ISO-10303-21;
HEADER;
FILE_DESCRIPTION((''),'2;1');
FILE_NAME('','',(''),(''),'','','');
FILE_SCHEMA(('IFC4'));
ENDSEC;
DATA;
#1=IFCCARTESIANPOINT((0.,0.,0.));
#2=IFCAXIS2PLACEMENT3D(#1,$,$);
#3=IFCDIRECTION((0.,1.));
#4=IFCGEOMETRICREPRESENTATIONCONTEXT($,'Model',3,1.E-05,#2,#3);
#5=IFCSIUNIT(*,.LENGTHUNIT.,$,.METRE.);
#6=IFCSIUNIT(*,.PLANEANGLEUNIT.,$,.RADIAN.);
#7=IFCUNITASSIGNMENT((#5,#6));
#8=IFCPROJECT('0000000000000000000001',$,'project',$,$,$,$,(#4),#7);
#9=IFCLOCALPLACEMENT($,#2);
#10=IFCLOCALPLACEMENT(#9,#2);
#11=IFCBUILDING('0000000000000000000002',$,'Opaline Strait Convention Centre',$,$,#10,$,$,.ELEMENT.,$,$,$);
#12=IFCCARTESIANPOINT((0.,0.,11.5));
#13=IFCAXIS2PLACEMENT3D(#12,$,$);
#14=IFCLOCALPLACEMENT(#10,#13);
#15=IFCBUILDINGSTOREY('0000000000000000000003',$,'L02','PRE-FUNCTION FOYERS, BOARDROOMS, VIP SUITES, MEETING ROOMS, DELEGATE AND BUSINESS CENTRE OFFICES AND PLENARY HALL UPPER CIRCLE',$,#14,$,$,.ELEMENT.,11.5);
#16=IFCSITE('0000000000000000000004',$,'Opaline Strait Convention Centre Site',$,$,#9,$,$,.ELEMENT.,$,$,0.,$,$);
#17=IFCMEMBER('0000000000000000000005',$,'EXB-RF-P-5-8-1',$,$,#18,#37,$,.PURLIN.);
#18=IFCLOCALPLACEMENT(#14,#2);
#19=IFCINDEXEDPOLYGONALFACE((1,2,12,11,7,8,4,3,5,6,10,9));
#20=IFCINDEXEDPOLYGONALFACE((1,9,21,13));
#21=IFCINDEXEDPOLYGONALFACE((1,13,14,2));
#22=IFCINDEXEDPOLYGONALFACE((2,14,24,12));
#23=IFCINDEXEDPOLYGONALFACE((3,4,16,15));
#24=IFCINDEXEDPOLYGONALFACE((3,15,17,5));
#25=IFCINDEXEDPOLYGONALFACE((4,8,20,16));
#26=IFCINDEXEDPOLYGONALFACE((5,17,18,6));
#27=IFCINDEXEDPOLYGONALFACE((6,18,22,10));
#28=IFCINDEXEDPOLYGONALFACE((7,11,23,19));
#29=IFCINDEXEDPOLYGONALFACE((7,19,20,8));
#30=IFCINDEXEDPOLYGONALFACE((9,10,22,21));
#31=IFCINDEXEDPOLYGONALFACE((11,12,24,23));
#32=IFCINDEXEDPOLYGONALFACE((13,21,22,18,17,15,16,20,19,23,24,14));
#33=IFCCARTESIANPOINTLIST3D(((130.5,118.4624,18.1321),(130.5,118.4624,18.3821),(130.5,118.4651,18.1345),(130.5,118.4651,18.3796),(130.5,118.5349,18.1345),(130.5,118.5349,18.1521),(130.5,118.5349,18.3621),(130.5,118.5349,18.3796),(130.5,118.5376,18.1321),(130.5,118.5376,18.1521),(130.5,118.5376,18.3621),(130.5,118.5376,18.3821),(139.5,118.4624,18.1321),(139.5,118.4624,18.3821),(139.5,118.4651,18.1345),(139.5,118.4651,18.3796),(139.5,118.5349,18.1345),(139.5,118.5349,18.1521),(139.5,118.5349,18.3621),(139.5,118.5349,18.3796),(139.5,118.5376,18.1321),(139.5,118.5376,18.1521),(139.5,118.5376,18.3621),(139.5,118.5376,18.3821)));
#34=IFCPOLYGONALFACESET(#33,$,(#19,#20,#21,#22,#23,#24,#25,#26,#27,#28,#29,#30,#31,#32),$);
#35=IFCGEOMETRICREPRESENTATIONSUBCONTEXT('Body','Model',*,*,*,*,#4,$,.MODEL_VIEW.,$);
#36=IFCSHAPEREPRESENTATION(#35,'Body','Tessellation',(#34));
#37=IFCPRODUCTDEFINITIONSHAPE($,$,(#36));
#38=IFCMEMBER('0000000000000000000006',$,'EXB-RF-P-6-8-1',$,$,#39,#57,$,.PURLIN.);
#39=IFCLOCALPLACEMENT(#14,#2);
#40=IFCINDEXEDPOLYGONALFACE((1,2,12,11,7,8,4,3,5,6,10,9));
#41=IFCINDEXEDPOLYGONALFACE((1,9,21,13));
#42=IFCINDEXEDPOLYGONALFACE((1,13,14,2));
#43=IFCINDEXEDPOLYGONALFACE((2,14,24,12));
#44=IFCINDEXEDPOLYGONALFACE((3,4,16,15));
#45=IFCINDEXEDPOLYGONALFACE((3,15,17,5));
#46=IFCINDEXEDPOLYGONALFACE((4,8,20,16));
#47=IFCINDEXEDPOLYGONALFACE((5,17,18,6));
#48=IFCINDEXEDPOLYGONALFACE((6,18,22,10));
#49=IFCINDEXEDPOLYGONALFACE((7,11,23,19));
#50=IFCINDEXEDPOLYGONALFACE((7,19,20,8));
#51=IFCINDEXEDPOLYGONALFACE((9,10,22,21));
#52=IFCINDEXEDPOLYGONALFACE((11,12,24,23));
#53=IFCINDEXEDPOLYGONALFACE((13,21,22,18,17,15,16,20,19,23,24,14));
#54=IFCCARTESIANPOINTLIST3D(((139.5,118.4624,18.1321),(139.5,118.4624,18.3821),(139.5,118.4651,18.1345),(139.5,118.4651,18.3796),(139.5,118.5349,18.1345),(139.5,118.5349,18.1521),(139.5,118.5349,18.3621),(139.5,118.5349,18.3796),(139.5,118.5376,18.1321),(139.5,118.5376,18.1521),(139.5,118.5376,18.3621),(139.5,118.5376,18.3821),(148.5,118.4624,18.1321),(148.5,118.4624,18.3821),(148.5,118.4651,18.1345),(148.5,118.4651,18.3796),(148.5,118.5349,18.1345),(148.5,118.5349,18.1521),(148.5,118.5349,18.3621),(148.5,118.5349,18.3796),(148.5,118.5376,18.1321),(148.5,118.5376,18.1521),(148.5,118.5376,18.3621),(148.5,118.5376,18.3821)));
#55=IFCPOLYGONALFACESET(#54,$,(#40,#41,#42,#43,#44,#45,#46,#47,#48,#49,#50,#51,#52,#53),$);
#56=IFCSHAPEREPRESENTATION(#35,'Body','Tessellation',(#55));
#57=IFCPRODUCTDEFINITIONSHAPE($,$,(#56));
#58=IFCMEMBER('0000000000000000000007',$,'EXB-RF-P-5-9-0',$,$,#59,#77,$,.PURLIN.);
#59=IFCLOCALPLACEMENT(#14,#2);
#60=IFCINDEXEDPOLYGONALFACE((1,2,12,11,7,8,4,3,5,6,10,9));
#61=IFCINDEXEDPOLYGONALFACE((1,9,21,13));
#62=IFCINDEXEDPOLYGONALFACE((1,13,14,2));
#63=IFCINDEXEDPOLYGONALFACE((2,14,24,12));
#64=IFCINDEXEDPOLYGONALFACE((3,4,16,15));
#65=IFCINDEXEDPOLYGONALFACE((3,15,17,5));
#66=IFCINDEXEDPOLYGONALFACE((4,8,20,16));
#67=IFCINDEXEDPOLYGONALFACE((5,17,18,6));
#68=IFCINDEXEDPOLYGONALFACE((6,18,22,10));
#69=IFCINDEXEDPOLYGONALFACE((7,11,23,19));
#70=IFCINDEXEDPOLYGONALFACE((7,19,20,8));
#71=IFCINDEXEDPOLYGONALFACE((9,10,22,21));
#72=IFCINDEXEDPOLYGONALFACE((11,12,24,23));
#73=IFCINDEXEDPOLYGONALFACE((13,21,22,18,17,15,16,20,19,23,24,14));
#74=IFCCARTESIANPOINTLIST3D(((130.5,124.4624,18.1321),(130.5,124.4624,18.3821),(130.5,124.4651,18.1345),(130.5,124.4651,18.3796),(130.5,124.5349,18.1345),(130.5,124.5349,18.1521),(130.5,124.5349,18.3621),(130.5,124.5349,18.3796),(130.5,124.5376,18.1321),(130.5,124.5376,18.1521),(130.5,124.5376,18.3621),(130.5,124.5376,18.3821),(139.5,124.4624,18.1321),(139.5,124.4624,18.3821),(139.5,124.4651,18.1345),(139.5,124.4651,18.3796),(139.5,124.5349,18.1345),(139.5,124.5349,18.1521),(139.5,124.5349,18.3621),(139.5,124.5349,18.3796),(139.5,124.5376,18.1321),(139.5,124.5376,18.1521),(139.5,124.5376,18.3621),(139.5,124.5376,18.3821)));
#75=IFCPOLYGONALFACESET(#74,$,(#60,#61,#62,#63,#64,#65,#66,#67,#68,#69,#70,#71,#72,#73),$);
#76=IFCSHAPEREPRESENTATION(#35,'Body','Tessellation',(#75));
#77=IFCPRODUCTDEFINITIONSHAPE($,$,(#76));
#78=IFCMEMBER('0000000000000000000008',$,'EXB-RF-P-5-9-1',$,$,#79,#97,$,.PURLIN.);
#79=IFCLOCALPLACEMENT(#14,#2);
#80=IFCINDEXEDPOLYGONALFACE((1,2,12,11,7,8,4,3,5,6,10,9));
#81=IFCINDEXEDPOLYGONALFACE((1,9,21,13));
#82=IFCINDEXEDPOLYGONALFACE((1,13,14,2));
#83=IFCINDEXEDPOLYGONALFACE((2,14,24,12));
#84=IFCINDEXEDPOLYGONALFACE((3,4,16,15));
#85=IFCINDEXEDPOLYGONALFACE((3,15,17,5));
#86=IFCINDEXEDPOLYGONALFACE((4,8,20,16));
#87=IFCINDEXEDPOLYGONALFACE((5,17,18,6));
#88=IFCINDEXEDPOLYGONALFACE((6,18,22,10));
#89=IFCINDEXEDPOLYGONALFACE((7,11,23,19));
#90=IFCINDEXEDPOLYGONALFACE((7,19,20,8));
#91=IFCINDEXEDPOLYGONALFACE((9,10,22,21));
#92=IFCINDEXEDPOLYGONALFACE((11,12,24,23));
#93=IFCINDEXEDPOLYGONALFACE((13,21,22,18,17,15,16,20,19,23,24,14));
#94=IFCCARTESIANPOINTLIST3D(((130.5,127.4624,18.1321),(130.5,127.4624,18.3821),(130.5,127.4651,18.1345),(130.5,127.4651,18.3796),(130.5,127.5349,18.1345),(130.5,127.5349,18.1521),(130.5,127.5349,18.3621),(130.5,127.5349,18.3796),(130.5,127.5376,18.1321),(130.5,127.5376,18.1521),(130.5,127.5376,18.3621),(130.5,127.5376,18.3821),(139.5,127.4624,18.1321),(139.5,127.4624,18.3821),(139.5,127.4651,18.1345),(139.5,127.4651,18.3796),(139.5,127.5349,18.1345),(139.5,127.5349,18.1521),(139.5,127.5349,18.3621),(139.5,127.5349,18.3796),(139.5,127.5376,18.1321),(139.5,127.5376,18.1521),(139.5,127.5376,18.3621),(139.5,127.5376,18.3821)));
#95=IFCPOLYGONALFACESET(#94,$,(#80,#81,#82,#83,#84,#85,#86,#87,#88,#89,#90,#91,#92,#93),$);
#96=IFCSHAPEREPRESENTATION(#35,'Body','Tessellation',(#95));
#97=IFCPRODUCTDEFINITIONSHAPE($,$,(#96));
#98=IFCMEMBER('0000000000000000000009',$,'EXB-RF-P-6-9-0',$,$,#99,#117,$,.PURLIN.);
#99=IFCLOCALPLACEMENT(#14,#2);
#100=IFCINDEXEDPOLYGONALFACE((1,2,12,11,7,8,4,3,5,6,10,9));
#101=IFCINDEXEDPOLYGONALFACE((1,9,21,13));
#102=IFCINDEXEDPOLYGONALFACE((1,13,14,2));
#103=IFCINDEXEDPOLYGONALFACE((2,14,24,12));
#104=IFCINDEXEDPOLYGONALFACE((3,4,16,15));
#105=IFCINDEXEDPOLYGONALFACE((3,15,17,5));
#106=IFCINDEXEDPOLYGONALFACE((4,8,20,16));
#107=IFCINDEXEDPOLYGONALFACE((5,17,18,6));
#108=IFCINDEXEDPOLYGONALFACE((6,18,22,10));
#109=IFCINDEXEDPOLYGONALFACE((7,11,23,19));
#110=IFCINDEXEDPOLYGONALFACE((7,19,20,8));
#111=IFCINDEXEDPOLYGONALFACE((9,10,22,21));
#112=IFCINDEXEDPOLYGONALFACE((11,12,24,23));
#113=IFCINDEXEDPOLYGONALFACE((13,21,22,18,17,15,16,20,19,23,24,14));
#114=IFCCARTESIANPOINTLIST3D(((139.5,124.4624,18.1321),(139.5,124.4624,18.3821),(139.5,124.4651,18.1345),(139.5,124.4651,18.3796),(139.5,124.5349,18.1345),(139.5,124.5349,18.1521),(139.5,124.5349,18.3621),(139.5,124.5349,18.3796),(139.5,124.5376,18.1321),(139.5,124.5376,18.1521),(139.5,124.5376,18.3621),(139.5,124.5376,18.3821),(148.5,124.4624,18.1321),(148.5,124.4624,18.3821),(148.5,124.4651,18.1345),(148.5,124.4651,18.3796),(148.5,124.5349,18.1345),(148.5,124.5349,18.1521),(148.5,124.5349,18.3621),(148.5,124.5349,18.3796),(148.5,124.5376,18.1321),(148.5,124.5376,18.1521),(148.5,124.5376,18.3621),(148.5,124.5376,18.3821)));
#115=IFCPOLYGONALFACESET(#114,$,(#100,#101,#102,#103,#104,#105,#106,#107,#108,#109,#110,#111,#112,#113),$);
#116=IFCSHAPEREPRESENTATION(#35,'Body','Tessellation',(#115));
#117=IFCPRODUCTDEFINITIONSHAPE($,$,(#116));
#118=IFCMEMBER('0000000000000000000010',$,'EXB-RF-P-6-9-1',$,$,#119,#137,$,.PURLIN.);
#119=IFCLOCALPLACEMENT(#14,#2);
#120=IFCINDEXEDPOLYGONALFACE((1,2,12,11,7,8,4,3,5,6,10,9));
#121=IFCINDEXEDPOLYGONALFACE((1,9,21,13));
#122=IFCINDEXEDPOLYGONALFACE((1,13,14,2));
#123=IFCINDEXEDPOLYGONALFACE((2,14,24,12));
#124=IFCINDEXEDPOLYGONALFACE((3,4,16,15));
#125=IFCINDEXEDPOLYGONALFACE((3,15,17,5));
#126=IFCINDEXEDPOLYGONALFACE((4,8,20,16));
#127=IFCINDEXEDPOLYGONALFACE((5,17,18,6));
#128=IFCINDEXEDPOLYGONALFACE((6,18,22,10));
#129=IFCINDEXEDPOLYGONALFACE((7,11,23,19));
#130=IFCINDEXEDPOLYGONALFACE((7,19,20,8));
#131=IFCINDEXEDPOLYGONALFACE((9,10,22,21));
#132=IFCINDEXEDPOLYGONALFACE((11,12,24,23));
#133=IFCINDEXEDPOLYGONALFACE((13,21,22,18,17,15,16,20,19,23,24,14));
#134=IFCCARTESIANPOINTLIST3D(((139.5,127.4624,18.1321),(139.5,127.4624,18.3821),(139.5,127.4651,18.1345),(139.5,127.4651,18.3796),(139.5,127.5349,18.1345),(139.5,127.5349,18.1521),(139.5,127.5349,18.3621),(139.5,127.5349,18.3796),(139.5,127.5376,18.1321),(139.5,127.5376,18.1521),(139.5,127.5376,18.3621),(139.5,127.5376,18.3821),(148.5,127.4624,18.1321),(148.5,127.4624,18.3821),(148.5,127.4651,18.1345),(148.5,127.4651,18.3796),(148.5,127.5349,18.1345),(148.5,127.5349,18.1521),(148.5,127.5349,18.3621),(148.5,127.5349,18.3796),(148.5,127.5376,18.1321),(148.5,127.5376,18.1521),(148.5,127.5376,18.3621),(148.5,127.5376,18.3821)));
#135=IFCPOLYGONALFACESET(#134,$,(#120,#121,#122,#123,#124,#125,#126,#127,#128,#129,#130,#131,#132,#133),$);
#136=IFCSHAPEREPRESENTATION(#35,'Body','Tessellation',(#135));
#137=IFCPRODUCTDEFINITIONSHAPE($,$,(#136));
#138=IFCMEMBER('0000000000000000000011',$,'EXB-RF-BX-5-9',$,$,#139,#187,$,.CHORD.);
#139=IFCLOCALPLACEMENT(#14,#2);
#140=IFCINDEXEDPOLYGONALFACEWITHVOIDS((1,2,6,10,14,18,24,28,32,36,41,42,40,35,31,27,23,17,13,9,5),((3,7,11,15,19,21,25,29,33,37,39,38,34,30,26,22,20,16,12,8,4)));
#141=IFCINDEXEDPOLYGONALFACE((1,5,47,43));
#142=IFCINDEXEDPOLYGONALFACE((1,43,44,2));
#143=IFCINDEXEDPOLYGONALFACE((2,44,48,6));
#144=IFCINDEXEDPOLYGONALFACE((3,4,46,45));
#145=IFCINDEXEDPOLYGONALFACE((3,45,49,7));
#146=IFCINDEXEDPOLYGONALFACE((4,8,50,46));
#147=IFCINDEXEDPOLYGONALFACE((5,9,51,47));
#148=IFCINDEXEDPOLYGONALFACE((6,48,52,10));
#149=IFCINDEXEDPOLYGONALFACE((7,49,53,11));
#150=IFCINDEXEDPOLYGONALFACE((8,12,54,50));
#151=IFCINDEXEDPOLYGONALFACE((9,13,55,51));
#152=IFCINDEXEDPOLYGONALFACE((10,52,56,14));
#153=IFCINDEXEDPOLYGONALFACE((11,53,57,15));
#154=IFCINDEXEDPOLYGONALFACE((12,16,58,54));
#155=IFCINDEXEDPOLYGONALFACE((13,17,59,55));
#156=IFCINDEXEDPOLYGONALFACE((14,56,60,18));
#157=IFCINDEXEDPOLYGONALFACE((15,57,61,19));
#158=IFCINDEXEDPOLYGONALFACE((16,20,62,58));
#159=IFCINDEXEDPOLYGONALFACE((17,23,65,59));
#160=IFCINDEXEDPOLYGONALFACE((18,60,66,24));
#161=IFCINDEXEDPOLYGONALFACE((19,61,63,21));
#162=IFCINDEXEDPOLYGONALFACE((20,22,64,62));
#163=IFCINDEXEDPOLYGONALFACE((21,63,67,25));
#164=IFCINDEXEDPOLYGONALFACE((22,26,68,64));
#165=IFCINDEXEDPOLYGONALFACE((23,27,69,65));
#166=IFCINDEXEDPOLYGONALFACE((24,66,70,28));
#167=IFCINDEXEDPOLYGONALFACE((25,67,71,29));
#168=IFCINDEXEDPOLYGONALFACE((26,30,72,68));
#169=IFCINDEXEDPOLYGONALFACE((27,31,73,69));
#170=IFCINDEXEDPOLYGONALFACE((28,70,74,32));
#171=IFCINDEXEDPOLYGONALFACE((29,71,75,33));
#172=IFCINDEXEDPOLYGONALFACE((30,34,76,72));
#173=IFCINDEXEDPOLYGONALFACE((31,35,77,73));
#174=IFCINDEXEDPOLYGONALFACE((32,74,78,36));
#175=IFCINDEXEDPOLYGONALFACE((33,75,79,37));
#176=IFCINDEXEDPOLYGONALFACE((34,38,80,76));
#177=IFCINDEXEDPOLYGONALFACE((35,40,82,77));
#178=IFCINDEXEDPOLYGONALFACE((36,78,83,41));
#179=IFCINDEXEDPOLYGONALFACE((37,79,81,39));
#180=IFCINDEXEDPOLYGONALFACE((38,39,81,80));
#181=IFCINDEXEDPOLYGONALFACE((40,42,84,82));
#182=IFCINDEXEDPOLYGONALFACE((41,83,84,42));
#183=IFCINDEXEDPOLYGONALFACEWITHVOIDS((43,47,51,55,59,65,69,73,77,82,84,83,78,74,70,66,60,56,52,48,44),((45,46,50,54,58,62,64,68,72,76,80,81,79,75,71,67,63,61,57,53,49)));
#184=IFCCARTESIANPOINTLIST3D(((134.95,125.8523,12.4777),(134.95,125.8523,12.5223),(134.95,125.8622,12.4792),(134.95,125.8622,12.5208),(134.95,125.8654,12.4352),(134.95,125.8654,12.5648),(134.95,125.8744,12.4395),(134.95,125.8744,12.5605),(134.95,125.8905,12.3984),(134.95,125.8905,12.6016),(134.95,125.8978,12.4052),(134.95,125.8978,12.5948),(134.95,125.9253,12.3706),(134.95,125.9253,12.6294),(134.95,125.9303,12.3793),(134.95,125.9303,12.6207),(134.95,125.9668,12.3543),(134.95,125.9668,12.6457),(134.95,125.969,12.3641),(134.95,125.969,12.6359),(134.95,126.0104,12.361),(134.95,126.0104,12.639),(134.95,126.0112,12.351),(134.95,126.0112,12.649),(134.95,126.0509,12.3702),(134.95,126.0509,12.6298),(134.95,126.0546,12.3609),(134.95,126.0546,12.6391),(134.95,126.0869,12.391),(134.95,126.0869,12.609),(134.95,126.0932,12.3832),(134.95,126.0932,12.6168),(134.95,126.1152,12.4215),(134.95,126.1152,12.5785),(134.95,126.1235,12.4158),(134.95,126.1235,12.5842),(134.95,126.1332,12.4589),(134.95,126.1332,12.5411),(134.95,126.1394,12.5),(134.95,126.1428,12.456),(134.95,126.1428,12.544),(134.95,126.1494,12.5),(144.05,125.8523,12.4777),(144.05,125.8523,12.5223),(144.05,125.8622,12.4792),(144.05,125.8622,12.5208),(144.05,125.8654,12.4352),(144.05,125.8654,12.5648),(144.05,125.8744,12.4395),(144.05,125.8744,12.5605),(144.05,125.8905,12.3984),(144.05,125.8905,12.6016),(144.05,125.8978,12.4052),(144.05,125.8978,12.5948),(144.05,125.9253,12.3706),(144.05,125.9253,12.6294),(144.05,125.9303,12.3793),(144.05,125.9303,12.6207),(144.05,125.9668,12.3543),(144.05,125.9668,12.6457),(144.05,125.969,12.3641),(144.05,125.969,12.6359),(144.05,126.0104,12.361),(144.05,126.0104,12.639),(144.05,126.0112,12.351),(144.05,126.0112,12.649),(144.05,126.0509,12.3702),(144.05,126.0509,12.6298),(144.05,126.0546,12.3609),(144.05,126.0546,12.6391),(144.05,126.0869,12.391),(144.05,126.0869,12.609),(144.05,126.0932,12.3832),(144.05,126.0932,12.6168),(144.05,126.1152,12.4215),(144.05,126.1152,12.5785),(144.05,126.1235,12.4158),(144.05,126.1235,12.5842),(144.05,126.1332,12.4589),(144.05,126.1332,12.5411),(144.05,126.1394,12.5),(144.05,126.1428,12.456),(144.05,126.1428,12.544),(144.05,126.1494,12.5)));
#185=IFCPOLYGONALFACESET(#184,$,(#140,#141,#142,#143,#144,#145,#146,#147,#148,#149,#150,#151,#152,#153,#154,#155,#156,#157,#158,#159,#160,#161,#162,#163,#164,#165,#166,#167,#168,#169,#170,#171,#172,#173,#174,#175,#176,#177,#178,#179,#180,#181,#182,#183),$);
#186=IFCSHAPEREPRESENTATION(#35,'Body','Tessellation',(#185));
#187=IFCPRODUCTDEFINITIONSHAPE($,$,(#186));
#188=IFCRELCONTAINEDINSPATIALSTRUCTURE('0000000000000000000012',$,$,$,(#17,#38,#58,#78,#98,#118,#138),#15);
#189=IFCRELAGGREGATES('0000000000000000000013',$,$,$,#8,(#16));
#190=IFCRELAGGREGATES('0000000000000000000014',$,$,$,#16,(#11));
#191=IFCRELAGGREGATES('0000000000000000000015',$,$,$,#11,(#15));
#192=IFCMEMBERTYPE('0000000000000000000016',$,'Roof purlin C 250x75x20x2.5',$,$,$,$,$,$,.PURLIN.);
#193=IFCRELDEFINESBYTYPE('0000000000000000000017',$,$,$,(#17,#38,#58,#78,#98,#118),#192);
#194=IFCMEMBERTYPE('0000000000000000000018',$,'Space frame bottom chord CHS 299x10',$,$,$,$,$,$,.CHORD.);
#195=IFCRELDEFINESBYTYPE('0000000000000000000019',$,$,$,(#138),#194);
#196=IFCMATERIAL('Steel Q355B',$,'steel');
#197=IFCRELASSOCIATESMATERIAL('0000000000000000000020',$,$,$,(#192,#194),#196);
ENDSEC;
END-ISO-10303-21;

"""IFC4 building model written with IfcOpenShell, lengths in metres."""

from ifc_helpers import new_model, si_unit, direction, frame, origin, origin_2d, place, context, subcontext, project, spatial, polyline, hollow_circle, outline, extrude, material, material_profile, profile_set, type_object, element, save


model = new_model("IFC4")

# Units and contexts
model_context = context("Model", 3, precision=1e-05, world=origin(), true_north=direction((0.0, 1.0)))
body_context = subcontext(model_context, "Body", "Model", "MODEL_VIEW")
ifc_project = project(units=[si_unit("LENGTHUNIT", "METRE"), si_unit("PLANEANGLEUNIT", "RADIAN")], contexts=[model_context])

# Site, building, storey
site_placement = place(None, origin())
site = spatial("IfcSite", under=ifc_project, at=site_placement, Name="Opaline Strait Convention Centre Site", CompositionType="ELEMENT", RefElevation=0.0)
building_placement = place(site_placement, origin())
building = spatial("IfcBuilding", under=site, at=building_placement, Name="Opaline Strait Convention Centre", CompositionType="ELEMENT")
storey_placement = place(building_placement, frame((0.0, 0.0, 11.5)))
storey = spatial("IfcBuildingStorey", under=building, at=storey_placement, Name="L02", Description="PRE-FUNCTION FOYERS, BOARDROOMS, VIP SUITES, MEETING ROOMS, DELEGATE AND BUSINESS CENTRE OFFICES AND PLENARY HALL UPPER CIRCLE", CompositionType="ELEMENT", Elevation=11.5)

# Members
ifc_material = material(Name="Steel Q355B", Category="steel")
ifc_material_profile_1 = material_profile(ifc_material, outline(polyline([(-0.0376, -0.125), (0.0376, -0.125), (0.0376, -0.105), (0.0349, -0.105), (0.0349, -0.1226), (-0.0349, -0.1226), (-0.0349, 0.1226), (0.0349, 0.1226), (0.0349, 0.105), (0.0376, 0.105), (0.0376, 0.125), (-0.0376, 0.125), (-0.0376, -0.125)])), Name="C 250x75x20x2.5")
ifc_profile_set_1 = profile_set([ifc_material_profile_1], Name="Steel Q355B")
member_type_1 = type_object("IfcMemberType", Name="Roof purlin C 250x75x20x2.5", PredefinedType="PURLIN", material=ifc_profile_set_1)
for number, where, z_axis, x_axis, name in (
    (1, (130.5, 118.5, 18.2571), (1.0, 0.0, 0.0), (0.0, 1.0, 0.0), "EXB-RF-P-5-8-1"),
    (2, (139.5, 118.5, 18.2571), (1.0, 0.0, 0.0), (0.0, 1.0, 0.0), "EXB-RF-P-6-8-1"),
    (3, (130.5, 124.5, 18.2571), (1.0, 0.0, 0.0), (0.0, 1.0, 0.0), "EXB-RF-P-5-9-0"),
    (4, (130.5, 127.5, 18.2571), (1.0, 0.0, 0.0), (0.0, 1.0, 0.0), "EXB-RF-P-5-9-1"),
    (5, (139.5, 124.5, 18.2571), (1.0, 0.0, 0.0), (0.0, 1.0, 0.0), "EXB-RF-P-6-9-0"),
    (6, (139.5, 127.5, 18.2571), (1.0, 0.0, 0.0), (0.0, 1.0, 0.0), "EXB-RF-P-6-9-1"),
):
    element("IfcMember", number, at=place(storey_placement, frame(where, z_axis=z_axis, x_axis=x_axis)), inside=storey, type_object=member_type_1, Name=name, PredefinedType="PURLIN", context=body_context, shape_type="SweptSolid", body=[
        extrude(outline(polyline([(-0.0376, -0.125), (0.0376, -0.125), (0.0376, -0.105), (0.0349, -0.105), (0.0349, -0.1226), (-0.0349, -0.1226), (-0.0349, 0.1226), (0.0349, 0.1226), (0.0349, 0.105), (0.0376, 0.105), (0.0376, 0.125), (-0.0376, 0.125), (-0.0376, -0.125)])), origin(), (0.0, 0.0, 1.0), 9.0),
    ])
ifc_material_profile_2 = material_profile(ifc_material, hollow_circle(Radius=0.1494, WallThickness=0.01, at=origin_2d()), Name="CHS 299x10")
ifc_profile_set_2 = profile_set([ifc_material_profile_2], Name="Steel Q355B")
member_type_2 = type_object("IfcMemberType", Name="Space frame bottom chord CHS 299x10", PredefinedType="CHORD", material=ifc_profile_set_2)
for number, where, z_axis, x_axis, name in (
    (7, (134.95, 126.0, 12.5), (1.0, 0.0, 0.0), (0.0, 1.0, 0.0), "EXB-RF-BX-5-9"),
):
    element("IfcMember", number, at=place(storey_placement, frame(where, z_axis=z_axis, x_axis=x_axis)), inside=storey, type_object=member_type_2, Name=name, PredefinedType="CHORD", context=body_context, shape_type="SweptSolid", body=[
        extrude(hollow_circle(Radius=0.1494, WallThickness=0.01, at=origin_2d()), origin(), (0.0, 0.0, 1.0), 9.1001),
    ])

save(model, "model.ifc")
